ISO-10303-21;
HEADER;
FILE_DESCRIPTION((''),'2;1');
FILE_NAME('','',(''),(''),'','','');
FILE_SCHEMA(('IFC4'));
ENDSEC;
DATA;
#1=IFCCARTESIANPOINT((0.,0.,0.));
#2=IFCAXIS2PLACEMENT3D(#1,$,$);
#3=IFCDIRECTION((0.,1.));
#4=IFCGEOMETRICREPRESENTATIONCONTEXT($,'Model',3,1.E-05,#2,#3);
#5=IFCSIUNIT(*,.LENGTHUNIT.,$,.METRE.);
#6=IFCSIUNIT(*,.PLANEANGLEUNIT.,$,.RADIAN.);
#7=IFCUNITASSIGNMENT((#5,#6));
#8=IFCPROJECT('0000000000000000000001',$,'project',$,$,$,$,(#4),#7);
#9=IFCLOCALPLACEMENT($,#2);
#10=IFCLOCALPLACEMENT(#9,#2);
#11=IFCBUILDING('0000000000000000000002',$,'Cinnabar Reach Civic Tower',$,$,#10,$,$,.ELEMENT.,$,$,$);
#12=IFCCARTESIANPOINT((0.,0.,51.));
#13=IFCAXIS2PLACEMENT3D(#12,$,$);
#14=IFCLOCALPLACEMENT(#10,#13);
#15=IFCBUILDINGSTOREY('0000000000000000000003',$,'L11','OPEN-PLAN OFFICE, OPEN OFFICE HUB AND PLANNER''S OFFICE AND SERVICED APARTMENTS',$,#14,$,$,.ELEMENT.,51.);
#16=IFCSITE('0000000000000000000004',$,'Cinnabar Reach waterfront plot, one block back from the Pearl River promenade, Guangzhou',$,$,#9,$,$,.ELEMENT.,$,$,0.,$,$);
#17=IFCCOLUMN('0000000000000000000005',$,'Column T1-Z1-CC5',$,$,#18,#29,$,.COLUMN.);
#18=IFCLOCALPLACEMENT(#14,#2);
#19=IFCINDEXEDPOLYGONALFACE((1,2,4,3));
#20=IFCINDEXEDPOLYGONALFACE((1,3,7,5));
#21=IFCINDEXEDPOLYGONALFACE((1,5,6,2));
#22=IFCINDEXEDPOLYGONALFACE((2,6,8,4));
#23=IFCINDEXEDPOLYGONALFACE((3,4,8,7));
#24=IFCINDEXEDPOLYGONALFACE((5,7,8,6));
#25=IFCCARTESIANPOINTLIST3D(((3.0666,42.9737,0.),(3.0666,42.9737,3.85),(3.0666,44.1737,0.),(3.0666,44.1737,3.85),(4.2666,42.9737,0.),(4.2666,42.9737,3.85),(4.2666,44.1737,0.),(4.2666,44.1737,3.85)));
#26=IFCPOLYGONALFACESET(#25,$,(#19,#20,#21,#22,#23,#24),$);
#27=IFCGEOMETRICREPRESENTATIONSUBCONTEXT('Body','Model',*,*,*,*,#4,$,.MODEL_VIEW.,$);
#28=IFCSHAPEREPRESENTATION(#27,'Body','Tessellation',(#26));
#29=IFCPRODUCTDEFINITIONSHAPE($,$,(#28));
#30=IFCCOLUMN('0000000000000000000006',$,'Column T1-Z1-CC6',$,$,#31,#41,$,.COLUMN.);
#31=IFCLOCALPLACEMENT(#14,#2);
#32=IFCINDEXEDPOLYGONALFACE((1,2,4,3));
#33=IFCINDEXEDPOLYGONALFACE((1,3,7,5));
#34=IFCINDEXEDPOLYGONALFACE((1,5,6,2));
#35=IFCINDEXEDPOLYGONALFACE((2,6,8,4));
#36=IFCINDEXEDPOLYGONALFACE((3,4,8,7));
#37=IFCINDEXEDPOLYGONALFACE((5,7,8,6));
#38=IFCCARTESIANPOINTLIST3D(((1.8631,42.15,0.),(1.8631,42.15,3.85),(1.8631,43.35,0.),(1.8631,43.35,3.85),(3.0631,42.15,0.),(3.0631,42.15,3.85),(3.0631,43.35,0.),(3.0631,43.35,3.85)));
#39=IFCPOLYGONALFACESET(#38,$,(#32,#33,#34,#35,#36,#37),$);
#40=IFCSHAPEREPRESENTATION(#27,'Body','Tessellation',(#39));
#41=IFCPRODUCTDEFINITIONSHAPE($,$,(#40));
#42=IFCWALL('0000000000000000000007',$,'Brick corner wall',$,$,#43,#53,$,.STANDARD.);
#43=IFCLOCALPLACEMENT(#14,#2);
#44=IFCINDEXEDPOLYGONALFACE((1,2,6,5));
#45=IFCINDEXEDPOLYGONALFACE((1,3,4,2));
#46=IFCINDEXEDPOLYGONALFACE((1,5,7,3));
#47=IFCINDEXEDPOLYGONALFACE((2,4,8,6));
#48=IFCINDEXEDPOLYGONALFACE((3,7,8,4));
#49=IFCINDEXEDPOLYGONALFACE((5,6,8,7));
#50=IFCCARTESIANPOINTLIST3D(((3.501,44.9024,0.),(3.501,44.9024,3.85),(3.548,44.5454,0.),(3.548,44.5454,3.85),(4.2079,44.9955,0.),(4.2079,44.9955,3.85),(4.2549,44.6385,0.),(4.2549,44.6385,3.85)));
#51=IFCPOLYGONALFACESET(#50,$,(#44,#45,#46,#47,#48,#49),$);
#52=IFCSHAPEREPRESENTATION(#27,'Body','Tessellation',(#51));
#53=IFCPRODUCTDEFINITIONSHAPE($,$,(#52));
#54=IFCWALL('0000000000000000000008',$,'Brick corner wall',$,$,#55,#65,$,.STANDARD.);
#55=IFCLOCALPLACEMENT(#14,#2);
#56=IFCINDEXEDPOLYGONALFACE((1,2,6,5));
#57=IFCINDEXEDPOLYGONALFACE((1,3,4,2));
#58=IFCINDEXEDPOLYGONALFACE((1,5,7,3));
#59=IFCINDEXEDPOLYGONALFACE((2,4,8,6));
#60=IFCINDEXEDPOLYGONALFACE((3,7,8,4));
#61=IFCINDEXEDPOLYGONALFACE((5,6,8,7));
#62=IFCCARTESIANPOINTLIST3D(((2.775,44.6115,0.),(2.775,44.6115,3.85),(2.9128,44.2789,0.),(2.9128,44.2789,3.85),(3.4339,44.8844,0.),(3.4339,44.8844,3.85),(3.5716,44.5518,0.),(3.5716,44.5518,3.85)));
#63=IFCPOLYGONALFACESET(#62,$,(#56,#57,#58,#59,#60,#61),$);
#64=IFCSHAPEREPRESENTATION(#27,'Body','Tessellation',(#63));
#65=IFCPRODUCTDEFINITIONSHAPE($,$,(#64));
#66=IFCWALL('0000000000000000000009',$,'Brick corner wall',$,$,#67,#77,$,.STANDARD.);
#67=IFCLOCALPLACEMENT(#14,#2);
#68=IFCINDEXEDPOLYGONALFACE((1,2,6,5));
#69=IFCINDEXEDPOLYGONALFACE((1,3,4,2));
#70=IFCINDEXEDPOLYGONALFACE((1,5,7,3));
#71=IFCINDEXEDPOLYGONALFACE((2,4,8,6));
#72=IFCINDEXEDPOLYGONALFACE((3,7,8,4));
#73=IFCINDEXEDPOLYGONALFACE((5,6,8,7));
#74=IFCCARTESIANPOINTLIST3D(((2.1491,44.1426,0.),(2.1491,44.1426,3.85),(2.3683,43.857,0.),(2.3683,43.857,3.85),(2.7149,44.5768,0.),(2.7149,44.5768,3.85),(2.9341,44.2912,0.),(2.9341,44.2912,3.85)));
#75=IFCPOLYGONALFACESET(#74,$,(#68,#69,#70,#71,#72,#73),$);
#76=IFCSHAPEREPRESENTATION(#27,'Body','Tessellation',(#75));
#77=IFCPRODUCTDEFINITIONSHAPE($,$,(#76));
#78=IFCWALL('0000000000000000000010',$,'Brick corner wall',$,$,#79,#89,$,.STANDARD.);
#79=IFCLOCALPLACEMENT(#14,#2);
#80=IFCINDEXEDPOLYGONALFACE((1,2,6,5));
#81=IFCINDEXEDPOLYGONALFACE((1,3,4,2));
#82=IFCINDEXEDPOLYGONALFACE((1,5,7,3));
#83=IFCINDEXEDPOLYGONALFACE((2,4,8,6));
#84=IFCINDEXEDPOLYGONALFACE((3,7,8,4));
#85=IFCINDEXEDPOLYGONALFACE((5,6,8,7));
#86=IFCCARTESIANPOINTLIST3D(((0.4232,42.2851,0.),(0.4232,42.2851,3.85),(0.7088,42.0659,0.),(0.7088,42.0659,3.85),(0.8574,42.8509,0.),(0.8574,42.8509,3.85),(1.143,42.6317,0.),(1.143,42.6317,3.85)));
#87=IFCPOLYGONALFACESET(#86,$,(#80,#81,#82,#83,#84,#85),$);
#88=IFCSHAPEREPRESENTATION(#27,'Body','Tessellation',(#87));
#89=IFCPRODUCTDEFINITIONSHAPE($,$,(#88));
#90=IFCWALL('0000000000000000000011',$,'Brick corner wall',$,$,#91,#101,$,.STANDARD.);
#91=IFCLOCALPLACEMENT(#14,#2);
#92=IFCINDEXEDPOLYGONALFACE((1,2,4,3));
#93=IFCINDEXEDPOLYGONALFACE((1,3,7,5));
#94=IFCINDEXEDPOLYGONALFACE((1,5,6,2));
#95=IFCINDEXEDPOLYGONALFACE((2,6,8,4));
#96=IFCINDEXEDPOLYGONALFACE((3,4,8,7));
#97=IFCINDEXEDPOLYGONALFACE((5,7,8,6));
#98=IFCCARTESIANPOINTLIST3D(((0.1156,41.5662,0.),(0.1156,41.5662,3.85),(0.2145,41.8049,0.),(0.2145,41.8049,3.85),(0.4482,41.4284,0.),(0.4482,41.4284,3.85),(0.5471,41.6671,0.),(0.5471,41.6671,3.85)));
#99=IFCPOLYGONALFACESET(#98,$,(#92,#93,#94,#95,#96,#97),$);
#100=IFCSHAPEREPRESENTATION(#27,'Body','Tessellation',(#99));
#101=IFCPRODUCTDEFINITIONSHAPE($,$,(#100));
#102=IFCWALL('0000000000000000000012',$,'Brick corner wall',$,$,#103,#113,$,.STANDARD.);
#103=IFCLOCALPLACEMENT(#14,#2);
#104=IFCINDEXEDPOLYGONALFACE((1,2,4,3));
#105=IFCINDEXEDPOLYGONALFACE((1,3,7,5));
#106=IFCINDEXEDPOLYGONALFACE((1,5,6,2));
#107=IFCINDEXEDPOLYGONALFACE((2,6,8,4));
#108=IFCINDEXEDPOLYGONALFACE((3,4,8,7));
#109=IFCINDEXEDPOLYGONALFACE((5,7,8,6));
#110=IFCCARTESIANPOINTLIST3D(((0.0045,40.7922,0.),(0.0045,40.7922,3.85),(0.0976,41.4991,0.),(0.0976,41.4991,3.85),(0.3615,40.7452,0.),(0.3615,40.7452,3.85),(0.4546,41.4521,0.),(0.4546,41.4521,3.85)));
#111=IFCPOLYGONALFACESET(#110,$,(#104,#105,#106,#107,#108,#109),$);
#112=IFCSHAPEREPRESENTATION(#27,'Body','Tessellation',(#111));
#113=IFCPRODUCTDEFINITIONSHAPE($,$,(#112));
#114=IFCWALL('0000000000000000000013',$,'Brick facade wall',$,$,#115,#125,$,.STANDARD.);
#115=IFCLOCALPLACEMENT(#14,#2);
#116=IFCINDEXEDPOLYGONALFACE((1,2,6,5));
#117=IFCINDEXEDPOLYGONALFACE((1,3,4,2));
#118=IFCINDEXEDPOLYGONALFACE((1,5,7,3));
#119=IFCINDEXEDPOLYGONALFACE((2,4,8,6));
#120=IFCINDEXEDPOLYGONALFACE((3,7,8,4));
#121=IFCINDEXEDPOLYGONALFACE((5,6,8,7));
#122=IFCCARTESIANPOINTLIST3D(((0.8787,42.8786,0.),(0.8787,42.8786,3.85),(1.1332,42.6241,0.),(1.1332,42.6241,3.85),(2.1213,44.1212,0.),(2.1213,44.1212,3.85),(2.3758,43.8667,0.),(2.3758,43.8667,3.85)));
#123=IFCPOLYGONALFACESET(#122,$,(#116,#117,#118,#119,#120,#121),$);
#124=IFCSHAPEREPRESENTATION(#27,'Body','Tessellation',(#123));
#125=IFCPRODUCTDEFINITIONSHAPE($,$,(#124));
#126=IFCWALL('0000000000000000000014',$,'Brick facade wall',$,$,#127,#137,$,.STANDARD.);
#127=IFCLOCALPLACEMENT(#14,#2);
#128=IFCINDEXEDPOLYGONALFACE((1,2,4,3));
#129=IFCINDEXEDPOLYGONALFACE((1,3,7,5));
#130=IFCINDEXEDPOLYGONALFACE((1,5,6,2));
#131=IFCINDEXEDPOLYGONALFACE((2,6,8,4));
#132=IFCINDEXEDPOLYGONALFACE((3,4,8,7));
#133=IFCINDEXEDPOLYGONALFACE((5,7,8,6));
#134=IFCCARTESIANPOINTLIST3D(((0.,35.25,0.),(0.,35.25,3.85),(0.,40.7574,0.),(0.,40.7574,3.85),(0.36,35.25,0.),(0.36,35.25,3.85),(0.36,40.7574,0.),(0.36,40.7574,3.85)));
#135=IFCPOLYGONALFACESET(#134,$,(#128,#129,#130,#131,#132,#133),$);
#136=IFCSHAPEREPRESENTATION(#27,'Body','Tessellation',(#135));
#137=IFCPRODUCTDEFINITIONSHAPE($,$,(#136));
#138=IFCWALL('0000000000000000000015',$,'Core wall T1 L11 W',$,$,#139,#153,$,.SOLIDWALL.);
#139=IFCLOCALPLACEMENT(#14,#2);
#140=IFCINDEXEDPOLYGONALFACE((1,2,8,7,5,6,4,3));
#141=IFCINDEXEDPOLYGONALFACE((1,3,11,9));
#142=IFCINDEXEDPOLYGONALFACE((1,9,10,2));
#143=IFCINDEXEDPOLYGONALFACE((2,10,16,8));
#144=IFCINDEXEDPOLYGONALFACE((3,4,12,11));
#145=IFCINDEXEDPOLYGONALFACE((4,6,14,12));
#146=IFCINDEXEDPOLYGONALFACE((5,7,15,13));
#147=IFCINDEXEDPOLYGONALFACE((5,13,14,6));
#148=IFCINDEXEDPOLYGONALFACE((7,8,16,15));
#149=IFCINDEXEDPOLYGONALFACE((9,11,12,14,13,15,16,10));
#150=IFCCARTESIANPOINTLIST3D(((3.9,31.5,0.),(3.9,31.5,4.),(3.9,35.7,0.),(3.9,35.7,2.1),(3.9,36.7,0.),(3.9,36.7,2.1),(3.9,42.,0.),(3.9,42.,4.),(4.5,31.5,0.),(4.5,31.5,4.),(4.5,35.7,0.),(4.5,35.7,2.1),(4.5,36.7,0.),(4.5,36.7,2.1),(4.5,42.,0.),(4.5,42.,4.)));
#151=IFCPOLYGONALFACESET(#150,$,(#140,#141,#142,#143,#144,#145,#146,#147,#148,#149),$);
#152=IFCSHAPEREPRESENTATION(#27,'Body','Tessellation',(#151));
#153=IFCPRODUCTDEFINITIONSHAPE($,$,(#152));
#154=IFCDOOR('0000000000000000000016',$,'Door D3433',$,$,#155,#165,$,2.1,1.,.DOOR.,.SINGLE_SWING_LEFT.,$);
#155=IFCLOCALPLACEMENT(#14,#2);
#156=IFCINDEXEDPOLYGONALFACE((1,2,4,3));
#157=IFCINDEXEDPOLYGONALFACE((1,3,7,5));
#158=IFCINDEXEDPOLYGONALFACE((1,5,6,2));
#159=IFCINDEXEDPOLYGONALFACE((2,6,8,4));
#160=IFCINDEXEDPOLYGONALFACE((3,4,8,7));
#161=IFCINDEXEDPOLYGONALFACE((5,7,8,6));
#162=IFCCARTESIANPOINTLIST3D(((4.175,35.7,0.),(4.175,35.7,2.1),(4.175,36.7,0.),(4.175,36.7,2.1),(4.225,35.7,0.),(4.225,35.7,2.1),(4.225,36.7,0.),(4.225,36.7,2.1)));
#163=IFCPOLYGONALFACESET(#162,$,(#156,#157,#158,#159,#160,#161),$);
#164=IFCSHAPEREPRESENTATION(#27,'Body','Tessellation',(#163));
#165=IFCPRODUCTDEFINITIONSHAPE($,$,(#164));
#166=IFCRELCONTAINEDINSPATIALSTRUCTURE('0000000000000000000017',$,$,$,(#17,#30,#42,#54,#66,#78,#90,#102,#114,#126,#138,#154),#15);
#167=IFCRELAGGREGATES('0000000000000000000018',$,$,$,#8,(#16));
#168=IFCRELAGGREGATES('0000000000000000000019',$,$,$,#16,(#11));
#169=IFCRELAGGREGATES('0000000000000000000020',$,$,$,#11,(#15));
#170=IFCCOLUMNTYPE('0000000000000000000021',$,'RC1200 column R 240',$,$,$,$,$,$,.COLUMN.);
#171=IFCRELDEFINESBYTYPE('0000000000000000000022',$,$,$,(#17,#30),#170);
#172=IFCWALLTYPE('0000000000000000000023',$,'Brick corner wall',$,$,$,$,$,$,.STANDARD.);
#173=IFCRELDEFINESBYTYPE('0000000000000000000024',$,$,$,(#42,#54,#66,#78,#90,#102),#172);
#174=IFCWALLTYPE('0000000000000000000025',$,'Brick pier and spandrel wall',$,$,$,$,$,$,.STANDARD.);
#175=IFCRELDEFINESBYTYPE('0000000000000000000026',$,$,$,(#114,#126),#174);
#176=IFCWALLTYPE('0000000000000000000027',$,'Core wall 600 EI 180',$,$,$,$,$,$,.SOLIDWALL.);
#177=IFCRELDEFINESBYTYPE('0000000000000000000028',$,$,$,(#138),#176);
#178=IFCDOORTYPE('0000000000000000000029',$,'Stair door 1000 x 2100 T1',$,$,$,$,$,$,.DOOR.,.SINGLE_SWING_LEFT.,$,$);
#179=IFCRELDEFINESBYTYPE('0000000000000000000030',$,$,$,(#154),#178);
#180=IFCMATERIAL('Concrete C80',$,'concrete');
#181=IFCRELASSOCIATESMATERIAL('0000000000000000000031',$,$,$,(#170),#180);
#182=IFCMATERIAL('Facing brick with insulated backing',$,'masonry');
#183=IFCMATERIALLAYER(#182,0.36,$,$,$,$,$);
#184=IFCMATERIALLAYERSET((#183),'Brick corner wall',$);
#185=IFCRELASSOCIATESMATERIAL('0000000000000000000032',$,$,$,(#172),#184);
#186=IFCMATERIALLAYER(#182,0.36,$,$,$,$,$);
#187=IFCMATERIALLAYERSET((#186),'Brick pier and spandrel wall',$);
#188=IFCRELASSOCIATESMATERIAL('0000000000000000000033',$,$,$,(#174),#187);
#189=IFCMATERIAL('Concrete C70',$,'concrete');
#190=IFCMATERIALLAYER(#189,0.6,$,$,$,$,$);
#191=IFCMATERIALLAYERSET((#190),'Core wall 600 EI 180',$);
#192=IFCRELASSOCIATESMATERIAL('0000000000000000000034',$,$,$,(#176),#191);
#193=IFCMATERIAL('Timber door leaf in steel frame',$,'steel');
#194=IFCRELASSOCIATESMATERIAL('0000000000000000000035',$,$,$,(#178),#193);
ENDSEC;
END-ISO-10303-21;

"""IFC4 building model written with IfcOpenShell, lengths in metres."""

from ifc_helpers import new_model, si_unit, direction, frame, frame_2d, origin, origin_2d, place, context, subcontext, project, spatial, rectangle, extrude, material, layer, layer_set, material_profile, profile_set, type_object, element, fill, save


model = new_model("IFC4")

# Units and contexts
model_context = context("Model", 3, precision=1e-05, world=origin(), true_north=direction((0.0, 1.0)))
body_context = subcontext(model_context, "Body", "Model", "MODEL_VIEW")
ifc_project = project(units=[si_unit("LENGTHUNIT", "METRE"), si_unit("PLANEANGLEUNIT", "RADIAN")], contexts=[model_context])

# Site, building, storey
site_placement = place(None, origin())
site = spatial("IfcSite", under=ifc_project, at=site_placement, Name="Cinnabar Reach waterfront plot, one block back from the Pearl River promenade, Guangzhou", CompositionType="ELEMENT", RefElevation=0.0)
building_placement = place(site_placement, origin())
building = spatial("IfcBuilding", under=site, at=building_placement, Name="Cinnabar Reach Civic Tower", CompositionType="ELEMENT")
storey_placement = place(building_placement, frame((0.0, 0.0, 51.0)))
storey = spatial("IfcBuildingStorey", under=building, at=storey_placement, Name="L11", Description="OPEN-PLAN OFFICE, OPEN OFFICE HUB AND PLANNER'S OFFICE AND SERVICED APARTMENTS", CompositionType="ELEMENT", Elevation=51.0)

# Columns
ifc_material_1 = material(Name="Concrete C80", Category="concrete")
ifc_material_profile = material_profile(ifc_material_1, rectangle(XDim=1.2, YDim=1.2, at=origin_2d()), Name="RC1200")
ifc_profile_set = profile_set([ifc_material_profile], Name="Concrete C80")
column_type = type_object("IfcColumnType", Name="RC1200 column R 240", PredefinedType="COLUMN", material=ifc_profile_set)
for number, where, z_axis, x_axis, name in (
    (1, (3.6666, 43.5737, 0.0), (0.0, 0.0, 1.0), (1.0, 0.0, 0.0), "Column T1-Z1-CC5"),
    (2, (2.4631, 42.75, 0.0), (0.0, 0.0, 1.0), (1.0, 0.0, 0.0), "Column T1-Z1-CC6"),
):
    element("IfcColumn", number, at=place(storey_placement, frame(where, z_axis=z_axis, x_axis=x_axis)), inside=storey, type_object=column_type, Name=name, PredefinedType="COLUMN", context=body_context, shape_type="SweptSolid", body=[
        extrude(rectangle(XDim=1.2, YDim=1.2, at=origin_2d()), origin(), (0.0, 0.0, 1.0), 3.85),
    ])

# Walls
ifc_material_2 = material(Name="Facing brick with insulated backing", Category="masonry")
ifc_layer_1 = layer(ifc_material_2, 0.36)
ifc_layer_set_1 = layer_set([ifc_layer_1], Name="Brick corner wall")
wall_type_1 = type_object("IfcWallType", Name="Brick corner wall", PredefinedType="STANDARD", material=ifc_layer_set_1)
for number, where, z_axis, x_axis, name in (
    (3, (4.2314, 44.817, 0.0), (0.0, 0.0, 1.0), (-0.991441, -0.130556, 0.0), "Brick corner wall"),
    (4, (3.5027, 44.7181, 0.0), (0.0, 0.0, 1.0), (-0.923872, -0.382703, 0.0), "Brick corner wall"),
):
    element("IfcWall", number, at=place(storey_placement, frame(where, z_axis=z_axis, x_axis=x_axis)), inside=storey, type_object=wall_type_1, Name=name, PredefinedType="STANDARD", context=body_context, shape_type="SweptSolid", body=[
        extrude(rectangle(XDim=0.7131, YDim=0.36, at=frame_2d((0.3565, 0.0))), origin(), (0.0, 0.0, 1.0), 3.85),
    ])
for number, where, z_axis, x_axis, name in (
    (5, (2.8245, 44.434, 0.0), (0.0, 0.0, 1.0), (-0.793322, -0.608802, 0.0), "Brick corner wall"),
    (6, (1.0002, 42.7413, 0.0), (0.0, 0.0, 1.0), (-0.608802, -0.793322, 0.0), "Brick corner wall"),
):
    element("IfcWall", number, at=place(storey_placement, frame(where, z_axis=z_axis, x_axis=x_axis)), inside=storey, type_object=wall_type_1, Name=name, PredefinedType="STANDARD", context=body_context, shape_type="SweptSolid", body=[
        extrude(rectangle(XDim=0.7132, YDim=0.36, at=frame_2d((0.3566, 0.0))), origin(), (0.0, 0.0, 1.0), 3.85),
    ])
wall_1_placement = place(storey_placement, frame((0.3808, 41.736, 0.0), z_axis=(0.0, 0.0, 1.0), x_axis=(-0.382773, -0.923842, 0.0)))
element("IfcWall", 7, at=wall_1_placement, inside=storey, type_object=wall_type_1, Name="Brick corner wall", PredefinedType="STANDARD", context=body_context, shape_type="SweptSolid", body=[
    extrude(rectangle(XDim=0.2584, YDim=0.36, at=frame_2d((0.1292, 0.0))), origin(), (0.0, 0.0, 1.0), 3.85),
])
wall_2_placement = place(storey_placement, frame((0.2761, 41.4756, 0.0), z_axis=(0.0, 0.0, 1.0), x_axis=(-0.130556, -0.991441, 0.0)))
element("IfcWall", 8, at=wall_2_placement, inside=storey, type_object=wall_type_1, Name="Brick corner wall", PredefinedType="STANDARD", context=body_context, shape_type="SweptSolid", body=[
    extrude(rectangle(XDim=0.7131, YDim=0.36, at=frame_2d((0.3565, 0.0))), origin(), (0.0, 0.0, 1.0), 3.85),
])
ifc_layer_2 = layer(ifc_material_2, 0.36)
ifc_layer_set_2 = layer_set([ifc_layer_2], Name="Brick pier and spandrel wall")
wall_type_2 = type_object("IfcWallType", Name="Brick pier and spandrel wall", PredefinedType="STANDARD", material=ifc_layer_set_2)
wall_3_placement = place(storey_placement, frame((2.2486, 43.994, 0.0), z_axis=(0.0, 0.0, 1.0), x_axis=(-0.707107, -0.707107, 0.0)))
element("IfcWall", 9, at=wall_3_placement, inside=storey, type_object=wall_type_2, Name="Brick facade wall", PredefinedType="STANDARD", context=body_context, shape_type="SweptSolid", body=[
    extrude(rectangle(XDim=1.7573, YDim=0.36, at=frame_2d((0.8787, 0.0))), origin(), (0.0, 0.0, 1.0), 3.85),
])
wall_4_placement = place(storey_placement, frame((0.18, 40.7574, 0.0), z_axis=(0.0, 0.0, 1.0), x_axis=(0.0, -1.0, 0.0)))
element("IfcWall", 10, at=wall_4_placement, inside=storey, type_object=wall_type_2, Name="Brick facade wall", PredefinedType="STANDARD", context=body_context, shape_type="SweptSolid", body=[
    extrude(rectangle(XDim=5.5074, YDim=0.36, at=frame_2d((2.7537, 0.0))), origin(), (0.0, 0.0, 1.0), 3.85),
])

# Wall, opening, door
ifc_material_3 = material(Name="Concrete C70", Category="concrete")
ifc_layer_3 = layer(ifc_material_3, 0.6)
ifc_layer_set_3 = layer_set([ifc_layer_3], Name="Core wall 600 EI 180")
wall_type_3 = type_object("IfcWallType", Name="Core wall 600 EI 180", PredefinedType="SOLIDWALL", material=ifc_layer_set_3)
wall_5_placement = place(storey_placement, frame((4.2, 42.0, 0.0), z_axis=(0.0, 0.0, 1.0), x_axis=(0.0, -1.0, 0.0)))
wall_5 = element("IfcWall", 11, at=wall_5_placement, inside=storey, type_object=wall_type_3, Name="Core wall T1 L11 W", PredefinedType="SOLIDWALL", context=body_context, shape_type="SweptSolid", body=[
    extrude(rectangle(XDim=10.5, YDim=0.6, at=frame_2d((5.25, 0.0))), origin(), (0.0, 0.0, 1.0), 4.0),
])
opening_1_placement = place(wall_5_placement, frame((5.3, 0.0, 0.0)))
opening_1 = element("IfcOpeningElement", 12, at=opening_1_placement, cuts=wall_5, PredefinedType="OPENING", context=body_context, shape_type="SweptSolid", body=[
    extrude(rectangle(XDim=1.0, YDim=2.1, at=frame_2d((0.5, 1.05))), frame((0.0, 0.31, 0.0), z_axis=(0.0, -1.0, 0.0), x_axis=(1.0, 0.0, 0.0)), (0.0, 0.0, 1.0), 0.62),
])
ifc_material_4 = material(Name="Timber door leaf in steel frame", Category="steel")
door_type_1 = type_object("IfcDoorType", Name="Stair door 1000 x 2100 T1", OperationType="SINGLE_SWING_LEFT", PredefinedType="DOOR", material=ifc_material_4)
door_1_placement = place(opening_1_placement, frame((1.0, 0.0, 0.0), z_axis=(0.0, 0.0, 1.0), x_axis=(-1.0, 0.0, 0.0)))
door_1 = element("IfcDoor", 13, at=door_1_placement, inside=storey, type_object=door_type_1, Name="Door D3433", OperationType="SINGLE_SWING_LEFT", OverallHeight=2.1, OverallWidth=1.0, PredefinedType="DOOR", context=body_context, shape_type="SweptSolid", body=[
    extrude(rectangle(XDim=1.0, YDim=2.1, at=frame_2d((0.5, 1.05))), frame((0.0, 0.025, 0.0), z_axis=(0.0, -1.0, 0.0), x_axis=(1.0, 0.0, 0.0)), (0.0, 0.0, 1.0), 0.05),
])
fill(opening_1, door_1)

save(model, "model.ifc")
